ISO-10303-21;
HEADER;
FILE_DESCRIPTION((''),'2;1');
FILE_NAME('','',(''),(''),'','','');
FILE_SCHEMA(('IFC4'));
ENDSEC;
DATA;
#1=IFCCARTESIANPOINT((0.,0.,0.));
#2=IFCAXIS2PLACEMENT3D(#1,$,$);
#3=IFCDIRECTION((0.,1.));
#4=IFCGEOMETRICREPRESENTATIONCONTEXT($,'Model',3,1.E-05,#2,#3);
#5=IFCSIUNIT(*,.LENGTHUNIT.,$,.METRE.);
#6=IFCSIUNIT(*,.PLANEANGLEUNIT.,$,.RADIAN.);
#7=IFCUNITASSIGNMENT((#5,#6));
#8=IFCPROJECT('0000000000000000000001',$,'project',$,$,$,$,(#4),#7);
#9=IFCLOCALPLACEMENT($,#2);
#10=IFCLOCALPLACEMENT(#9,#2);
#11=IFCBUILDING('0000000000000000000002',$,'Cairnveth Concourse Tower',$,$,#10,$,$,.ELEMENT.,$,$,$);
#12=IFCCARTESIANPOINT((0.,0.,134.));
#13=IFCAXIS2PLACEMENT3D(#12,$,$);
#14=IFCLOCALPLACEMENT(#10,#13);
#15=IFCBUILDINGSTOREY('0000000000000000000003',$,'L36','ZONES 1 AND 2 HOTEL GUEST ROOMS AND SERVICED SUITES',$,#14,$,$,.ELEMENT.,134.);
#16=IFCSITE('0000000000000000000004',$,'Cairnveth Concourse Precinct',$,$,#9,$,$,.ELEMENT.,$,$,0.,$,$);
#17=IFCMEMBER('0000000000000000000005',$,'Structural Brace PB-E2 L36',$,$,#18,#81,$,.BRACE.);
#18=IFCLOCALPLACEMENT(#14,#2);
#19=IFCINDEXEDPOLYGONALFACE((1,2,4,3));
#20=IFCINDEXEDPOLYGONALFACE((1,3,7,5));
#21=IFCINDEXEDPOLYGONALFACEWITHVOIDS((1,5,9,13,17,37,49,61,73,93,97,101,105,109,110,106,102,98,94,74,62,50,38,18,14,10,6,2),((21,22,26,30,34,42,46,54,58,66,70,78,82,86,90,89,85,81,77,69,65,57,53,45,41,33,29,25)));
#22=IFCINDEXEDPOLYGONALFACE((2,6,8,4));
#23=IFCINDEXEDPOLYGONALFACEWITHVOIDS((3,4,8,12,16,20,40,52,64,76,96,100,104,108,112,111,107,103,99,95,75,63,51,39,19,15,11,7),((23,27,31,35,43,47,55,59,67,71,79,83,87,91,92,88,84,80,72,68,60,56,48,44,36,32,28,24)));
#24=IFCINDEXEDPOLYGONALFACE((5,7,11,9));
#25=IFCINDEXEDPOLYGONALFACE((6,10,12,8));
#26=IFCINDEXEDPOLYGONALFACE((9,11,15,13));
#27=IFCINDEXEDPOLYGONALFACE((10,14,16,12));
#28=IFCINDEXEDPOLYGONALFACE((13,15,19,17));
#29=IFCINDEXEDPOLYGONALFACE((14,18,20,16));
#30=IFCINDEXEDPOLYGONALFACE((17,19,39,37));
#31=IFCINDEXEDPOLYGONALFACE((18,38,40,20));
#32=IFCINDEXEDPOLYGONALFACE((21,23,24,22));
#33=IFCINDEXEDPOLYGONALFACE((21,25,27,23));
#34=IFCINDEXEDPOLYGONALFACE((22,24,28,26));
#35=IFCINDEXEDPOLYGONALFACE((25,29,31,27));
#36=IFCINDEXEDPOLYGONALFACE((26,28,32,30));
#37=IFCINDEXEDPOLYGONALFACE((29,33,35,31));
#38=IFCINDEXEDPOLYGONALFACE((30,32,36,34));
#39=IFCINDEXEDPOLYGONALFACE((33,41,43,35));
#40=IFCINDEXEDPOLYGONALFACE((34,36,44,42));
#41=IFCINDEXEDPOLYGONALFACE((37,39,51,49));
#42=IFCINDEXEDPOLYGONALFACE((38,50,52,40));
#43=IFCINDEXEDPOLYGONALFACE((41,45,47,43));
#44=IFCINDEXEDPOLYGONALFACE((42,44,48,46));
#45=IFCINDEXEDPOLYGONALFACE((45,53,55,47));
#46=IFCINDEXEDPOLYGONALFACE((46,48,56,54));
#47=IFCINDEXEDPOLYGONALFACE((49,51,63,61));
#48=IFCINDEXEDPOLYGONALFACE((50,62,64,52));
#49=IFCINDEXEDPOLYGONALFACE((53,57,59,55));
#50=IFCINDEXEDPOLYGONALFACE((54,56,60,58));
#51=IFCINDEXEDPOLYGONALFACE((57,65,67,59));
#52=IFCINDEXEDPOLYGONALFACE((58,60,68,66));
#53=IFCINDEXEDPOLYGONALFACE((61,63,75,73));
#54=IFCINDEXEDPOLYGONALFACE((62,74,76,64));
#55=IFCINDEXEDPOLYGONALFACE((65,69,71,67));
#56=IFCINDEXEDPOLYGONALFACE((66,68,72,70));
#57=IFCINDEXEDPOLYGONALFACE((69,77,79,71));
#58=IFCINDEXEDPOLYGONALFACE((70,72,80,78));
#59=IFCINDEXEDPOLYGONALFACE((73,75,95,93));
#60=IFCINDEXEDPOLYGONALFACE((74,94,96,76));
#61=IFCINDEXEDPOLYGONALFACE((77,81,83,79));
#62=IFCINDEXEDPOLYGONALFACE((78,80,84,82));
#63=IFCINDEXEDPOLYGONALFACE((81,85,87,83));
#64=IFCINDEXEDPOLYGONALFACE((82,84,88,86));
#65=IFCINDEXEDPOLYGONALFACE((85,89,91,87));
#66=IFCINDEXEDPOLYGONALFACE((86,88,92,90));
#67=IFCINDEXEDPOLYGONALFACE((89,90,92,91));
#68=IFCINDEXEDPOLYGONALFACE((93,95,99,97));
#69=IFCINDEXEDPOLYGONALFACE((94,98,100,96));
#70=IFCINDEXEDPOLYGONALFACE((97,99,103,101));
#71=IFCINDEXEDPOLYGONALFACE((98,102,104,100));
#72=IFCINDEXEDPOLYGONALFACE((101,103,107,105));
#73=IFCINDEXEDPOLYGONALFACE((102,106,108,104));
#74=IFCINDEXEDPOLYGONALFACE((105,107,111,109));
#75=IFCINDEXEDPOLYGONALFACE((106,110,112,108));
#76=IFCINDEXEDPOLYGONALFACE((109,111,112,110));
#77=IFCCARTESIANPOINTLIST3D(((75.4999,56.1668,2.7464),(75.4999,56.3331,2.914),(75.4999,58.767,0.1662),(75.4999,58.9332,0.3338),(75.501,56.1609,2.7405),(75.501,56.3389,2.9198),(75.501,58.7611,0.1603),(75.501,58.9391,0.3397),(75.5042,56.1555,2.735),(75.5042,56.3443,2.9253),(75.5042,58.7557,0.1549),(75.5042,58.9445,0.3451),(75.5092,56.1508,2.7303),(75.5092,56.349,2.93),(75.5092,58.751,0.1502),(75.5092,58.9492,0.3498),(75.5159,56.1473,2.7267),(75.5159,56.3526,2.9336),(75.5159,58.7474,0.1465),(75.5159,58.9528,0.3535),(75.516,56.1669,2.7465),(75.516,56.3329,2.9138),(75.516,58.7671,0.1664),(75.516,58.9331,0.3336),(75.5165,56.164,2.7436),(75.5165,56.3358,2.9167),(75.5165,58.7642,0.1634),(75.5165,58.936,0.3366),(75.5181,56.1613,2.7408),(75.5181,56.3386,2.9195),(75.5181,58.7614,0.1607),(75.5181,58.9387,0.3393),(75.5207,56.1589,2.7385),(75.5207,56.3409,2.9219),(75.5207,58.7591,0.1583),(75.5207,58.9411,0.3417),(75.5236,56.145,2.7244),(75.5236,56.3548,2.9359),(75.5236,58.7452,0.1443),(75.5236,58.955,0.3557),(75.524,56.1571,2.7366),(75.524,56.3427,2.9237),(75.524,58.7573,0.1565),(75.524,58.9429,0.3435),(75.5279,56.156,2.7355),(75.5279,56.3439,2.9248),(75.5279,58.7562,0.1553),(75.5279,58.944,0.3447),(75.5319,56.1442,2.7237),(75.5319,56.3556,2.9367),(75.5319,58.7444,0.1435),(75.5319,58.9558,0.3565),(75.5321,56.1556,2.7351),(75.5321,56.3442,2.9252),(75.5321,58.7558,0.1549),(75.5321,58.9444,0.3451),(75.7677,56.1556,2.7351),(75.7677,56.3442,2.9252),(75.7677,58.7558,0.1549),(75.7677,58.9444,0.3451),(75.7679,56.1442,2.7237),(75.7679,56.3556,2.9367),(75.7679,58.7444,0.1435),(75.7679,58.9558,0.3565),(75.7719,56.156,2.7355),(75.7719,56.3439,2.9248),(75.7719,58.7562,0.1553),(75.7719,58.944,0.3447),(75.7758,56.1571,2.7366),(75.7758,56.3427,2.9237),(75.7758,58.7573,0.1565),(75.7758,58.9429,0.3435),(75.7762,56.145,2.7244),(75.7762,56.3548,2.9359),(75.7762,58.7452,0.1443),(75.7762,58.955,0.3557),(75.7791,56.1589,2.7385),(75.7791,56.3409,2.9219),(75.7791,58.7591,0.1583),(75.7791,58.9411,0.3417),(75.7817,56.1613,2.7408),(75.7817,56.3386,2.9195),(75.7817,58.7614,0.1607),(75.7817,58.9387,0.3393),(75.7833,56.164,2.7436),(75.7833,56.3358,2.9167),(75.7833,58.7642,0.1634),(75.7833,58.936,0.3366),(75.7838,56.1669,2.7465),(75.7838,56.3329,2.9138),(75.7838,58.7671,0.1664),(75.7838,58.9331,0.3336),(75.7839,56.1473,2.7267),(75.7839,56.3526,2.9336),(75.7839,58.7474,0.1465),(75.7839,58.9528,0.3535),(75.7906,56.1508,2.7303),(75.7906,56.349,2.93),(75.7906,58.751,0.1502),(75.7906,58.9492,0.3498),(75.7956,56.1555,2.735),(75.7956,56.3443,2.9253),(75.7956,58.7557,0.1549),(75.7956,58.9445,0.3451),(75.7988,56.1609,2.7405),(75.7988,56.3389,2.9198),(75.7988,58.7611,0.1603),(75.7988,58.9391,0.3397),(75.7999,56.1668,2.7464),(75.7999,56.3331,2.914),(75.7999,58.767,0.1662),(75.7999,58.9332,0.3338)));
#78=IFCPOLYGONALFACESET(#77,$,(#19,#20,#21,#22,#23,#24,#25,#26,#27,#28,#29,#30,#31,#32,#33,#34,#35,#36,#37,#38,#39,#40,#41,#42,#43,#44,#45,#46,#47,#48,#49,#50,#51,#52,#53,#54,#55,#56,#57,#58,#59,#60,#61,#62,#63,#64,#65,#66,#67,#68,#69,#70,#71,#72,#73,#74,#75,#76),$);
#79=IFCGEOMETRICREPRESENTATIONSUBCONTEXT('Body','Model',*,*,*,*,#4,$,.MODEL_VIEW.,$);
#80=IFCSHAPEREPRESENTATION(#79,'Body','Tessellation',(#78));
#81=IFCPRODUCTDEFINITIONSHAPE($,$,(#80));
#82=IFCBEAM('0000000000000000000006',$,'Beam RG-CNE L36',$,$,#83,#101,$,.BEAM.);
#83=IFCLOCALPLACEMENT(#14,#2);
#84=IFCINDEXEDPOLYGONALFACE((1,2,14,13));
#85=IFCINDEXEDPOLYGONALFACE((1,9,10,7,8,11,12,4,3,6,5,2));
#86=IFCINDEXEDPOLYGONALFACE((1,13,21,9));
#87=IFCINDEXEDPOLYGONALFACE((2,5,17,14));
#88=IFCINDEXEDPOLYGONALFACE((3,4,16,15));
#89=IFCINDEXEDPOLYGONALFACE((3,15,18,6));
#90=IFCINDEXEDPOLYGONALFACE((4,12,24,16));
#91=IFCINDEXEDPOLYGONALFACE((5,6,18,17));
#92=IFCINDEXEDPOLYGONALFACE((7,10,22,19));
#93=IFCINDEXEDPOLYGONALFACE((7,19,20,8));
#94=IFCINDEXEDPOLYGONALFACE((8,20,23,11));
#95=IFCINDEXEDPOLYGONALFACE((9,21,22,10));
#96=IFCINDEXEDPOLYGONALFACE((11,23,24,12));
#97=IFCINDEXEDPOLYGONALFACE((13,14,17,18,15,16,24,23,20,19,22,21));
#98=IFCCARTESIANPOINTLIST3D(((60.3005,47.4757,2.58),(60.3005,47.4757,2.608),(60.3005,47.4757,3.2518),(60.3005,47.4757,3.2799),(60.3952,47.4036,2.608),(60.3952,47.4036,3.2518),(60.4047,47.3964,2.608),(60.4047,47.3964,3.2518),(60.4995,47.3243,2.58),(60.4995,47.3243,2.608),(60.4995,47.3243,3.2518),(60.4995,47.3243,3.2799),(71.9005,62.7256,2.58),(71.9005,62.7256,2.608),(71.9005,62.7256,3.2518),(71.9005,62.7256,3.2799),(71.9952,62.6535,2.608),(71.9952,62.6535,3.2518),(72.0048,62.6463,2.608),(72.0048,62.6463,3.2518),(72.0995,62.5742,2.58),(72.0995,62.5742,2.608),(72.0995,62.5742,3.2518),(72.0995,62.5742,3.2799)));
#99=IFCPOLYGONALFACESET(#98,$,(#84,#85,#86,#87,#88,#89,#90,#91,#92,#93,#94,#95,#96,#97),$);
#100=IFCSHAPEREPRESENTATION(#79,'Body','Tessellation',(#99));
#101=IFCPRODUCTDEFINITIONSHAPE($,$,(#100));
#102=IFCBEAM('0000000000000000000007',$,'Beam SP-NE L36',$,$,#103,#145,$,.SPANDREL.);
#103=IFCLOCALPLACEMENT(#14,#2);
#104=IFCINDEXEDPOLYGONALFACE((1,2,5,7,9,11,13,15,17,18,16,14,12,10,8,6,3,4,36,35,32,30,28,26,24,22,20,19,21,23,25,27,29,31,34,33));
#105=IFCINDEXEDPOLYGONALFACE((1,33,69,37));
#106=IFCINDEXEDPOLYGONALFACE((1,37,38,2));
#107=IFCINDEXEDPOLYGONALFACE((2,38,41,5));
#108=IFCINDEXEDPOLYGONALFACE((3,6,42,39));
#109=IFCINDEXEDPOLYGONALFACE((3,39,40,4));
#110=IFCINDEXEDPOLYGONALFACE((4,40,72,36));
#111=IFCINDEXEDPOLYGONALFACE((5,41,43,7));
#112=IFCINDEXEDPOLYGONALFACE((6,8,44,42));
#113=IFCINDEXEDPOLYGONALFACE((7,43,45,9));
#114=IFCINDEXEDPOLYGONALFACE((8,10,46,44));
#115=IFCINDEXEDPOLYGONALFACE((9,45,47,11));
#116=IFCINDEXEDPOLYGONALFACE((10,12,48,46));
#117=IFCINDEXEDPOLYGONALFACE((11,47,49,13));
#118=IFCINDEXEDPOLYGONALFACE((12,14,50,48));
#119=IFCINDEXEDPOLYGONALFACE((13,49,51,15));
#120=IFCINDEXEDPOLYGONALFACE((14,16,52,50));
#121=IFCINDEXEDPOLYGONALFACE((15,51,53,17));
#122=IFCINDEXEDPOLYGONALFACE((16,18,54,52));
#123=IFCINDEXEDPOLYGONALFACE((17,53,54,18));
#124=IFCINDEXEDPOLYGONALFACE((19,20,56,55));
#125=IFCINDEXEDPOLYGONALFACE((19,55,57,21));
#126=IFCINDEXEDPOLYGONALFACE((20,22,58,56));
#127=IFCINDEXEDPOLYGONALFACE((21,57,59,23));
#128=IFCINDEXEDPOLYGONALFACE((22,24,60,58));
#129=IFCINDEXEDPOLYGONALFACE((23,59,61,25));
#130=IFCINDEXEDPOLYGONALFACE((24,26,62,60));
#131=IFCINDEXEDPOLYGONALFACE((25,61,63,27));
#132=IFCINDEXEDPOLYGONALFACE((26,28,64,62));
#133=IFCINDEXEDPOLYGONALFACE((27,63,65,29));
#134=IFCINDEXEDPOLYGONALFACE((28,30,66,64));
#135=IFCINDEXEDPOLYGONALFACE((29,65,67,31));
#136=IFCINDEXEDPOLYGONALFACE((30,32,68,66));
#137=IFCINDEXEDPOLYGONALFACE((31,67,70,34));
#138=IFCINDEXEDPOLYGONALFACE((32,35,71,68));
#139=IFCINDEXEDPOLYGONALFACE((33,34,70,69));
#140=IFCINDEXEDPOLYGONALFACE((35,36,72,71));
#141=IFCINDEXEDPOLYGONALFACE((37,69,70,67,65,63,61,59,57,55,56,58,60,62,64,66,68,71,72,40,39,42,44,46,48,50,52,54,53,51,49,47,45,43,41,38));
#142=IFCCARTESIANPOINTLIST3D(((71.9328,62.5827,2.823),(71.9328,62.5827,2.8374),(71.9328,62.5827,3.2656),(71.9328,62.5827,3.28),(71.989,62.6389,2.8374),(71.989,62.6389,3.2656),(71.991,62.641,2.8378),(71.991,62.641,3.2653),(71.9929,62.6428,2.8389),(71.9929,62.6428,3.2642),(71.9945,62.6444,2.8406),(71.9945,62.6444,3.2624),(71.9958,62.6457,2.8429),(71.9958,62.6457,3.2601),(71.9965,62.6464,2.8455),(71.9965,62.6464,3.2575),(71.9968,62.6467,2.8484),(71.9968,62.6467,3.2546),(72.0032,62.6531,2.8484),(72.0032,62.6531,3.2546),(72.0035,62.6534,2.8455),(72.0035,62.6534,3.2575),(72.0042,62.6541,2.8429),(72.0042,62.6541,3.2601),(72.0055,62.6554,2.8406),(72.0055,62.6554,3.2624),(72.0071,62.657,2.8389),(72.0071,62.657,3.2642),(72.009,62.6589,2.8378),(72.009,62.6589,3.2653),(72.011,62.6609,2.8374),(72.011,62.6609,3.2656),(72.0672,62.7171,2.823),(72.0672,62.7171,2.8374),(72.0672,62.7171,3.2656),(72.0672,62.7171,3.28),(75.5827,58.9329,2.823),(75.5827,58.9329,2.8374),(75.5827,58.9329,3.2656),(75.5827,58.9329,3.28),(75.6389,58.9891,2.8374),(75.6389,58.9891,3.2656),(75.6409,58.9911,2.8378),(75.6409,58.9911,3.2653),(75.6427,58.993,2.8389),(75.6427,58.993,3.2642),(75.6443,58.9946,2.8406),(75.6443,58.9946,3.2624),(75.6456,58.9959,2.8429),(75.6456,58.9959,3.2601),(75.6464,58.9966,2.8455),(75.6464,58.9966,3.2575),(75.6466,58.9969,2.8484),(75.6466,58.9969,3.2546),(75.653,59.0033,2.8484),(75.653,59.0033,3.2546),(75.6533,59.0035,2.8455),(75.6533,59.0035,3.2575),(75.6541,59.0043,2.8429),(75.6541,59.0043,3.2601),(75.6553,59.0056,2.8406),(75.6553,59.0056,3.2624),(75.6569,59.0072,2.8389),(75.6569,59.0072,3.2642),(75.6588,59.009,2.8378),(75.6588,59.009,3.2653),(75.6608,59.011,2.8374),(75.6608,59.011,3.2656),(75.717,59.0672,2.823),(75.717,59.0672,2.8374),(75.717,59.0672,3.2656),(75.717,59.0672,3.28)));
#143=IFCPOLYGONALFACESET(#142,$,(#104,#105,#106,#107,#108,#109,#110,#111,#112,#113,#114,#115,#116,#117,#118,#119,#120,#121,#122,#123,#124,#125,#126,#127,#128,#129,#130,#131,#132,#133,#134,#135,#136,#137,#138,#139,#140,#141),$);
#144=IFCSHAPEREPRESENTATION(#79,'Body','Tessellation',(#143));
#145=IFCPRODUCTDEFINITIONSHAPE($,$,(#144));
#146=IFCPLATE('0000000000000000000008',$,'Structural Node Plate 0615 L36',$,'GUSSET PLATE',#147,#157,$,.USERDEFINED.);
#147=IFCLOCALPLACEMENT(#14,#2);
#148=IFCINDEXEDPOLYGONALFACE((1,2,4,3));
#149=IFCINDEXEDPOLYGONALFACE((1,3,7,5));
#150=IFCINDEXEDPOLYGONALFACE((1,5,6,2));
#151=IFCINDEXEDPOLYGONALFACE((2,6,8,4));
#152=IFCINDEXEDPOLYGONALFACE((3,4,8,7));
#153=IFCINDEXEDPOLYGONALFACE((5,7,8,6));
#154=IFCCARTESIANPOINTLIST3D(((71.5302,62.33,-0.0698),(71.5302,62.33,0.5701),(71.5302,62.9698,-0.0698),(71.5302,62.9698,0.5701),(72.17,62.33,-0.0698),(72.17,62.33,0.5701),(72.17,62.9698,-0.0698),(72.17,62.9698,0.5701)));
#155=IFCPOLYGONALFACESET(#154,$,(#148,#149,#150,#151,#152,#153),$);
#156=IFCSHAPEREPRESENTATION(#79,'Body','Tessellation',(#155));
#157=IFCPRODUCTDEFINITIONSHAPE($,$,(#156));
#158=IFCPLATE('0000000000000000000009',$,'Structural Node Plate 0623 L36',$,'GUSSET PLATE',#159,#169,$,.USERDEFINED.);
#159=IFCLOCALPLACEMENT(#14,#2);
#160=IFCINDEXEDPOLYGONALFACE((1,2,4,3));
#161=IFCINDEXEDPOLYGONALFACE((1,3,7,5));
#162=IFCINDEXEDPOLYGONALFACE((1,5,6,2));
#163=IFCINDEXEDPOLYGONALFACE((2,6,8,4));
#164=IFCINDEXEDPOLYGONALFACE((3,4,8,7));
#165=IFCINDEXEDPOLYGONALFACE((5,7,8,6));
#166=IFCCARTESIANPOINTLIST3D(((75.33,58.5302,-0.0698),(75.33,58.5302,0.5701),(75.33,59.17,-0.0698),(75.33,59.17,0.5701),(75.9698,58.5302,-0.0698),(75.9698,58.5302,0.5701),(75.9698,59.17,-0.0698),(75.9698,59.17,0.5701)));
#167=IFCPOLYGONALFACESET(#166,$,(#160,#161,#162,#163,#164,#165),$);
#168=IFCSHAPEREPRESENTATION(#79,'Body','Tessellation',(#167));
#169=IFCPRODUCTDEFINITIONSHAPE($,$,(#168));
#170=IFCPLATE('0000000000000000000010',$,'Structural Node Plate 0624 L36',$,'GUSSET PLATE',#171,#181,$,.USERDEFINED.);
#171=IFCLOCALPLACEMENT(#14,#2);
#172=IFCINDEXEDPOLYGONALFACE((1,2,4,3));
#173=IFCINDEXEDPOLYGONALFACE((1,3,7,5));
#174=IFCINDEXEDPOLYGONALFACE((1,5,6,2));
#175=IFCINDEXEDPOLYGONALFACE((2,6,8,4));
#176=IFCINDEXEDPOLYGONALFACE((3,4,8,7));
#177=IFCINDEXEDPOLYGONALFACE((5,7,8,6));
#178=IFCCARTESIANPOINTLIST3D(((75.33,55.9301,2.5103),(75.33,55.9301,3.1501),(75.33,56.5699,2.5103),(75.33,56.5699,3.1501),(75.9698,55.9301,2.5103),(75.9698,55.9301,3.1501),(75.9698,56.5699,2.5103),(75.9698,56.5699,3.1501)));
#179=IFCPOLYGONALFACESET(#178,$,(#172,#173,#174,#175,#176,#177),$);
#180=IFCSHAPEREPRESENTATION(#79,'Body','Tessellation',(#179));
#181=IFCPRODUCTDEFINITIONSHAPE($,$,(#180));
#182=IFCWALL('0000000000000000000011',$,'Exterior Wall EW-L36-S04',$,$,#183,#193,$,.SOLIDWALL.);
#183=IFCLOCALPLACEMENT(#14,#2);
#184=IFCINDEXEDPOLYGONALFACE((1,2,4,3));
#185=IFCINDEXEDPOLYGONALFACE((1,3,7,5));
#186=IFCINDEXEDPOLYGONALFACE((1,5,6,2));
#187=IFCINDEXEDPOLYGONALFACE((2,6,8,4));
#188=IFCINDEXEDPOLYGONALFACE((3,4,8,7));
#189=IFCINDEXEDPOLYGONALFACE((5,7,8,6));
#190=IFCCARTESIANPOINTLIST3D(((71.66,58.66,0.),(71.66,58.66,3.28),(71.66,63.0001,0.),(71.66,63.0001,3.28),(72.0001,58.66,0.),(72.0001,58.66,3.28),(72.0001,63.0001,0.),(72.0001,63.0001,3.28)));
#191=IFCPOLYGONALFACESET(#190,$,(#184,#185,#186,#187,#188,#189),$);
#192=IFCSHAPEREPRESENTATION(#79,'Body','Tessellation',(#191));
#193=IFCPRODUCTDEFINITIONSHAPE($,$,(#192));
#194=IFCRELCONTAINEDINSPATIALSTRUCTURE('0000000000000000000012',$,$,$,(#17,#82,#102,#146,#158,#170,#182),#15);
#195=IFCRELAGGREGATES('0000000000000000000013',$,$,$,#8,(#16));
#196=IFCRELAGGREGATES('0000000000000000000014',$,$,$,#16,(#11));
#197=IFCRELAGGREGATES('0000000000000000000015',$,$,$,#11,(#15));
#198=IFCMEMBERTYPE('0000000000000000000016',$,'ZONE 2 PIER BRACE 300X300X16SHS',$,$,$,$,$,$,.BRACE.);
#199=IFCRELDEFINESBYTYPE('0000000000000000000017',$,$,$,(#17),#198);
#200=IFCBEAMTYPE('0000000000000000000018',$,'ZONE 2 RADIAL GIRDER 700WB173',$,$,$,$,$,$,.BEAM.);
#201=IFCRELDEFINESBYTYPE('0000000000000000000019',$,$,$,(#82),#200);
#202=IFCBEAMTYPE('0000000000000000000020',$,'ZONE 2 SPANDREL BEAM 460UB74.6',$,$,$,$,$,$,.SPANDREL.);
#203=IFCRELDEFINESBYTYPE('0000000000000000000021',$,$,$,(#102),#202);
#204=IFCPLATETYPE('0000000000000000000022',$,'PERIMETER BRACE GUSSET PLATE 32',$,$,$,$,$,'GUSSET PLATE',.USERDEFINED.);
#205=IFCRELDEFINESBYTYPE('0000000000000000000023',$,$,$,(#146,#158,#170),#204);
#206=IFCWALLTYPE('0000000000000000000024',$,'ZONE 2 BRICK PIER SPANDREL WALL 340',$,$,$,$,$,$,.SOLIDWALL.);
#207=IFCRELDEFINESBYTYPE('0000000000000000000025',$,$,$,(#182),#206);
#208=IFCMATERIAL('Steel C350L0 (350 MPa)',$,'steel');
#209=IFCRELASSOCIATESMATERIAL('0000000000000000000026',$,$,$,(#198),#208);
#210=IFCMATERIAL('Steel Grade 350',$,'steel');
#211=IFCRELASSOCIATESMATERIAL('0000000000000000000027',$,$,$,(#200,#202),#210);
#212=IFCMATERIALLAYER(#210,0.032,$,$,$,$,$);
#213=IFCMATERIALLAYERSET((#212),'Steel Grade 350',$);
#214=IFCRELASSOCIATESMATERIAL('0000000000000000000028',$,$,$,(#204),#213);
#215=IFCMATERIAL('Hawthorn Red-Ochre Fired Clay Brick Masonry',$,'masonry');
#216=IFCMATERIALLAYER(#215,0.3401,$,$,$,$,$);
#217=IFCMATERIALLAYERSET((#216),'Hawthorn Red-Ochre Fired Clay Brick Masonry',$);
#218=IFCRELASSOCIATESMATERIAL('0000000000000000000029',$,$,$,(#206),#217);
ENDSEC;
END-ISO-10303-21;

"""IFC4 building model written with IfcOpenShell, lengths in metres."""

from ifc_helpers import new_model, si_unit, direction, frame, frame_2d, origin, origin_2d, place, context, subcontext, project, spatial, rectangle, hollow_rectangle, i_section, extrude, material, layer, layer_set, material_profile, profile_set, type_object, element, save


model = new_model("IFC4")

# Units and contexts
model_context = context("Model", 3, precision=1e-05, world=origin(), true_north=direction((0.0, 1.0)))
body_context = subcontext(model_context, "Body", "Model", "MODEL_VIEW")
ifc_project = project(units=[si_unit("LENGTHUNIT", "METRE"), si_unit("PLANEANGLEUNIT", "RADIAN")], contexts=[model_context])

# Site, building, storey
site_placement = place(None, origin())
site = spatial("IfcSite", under=ifc_project, at=site_placement, Name="Cairnveth Concourse Precinct", CompositionType="ELEMENT", RefElevation=0.0)
building_placement = place(site_placement, origin())
building = spatial("IfcBuilding", under=site, at=building_placement, Name="Cairnveth Concourse Tower", CompositionType="ELEMENT")
storey_placement = place(building_placement, frame((0.0, 0.0, 134.0)))
storey = spatial("IfcBuildingStorey", under=building, at=storey_placement, Name="L36", Description="ZONES 1 AND 2 HOTEL GUEST ROOMS AND SERVICED SUITES", CompositionType="ELEMENT", Elevation=134.0)

# Shared definitions
ifc_material_1 = material(Name="Steel Grade 350", Category="steel")

# Member
ifc_material_2 = material(Name="Steel C350L0 (350 MPa)", Category="steel")
ifc_material_profile_1 = material_profile(ifc_material_2, hollow_rectangle(XDim=0.3, YDim=0.3, WallThickness=0.0161, InnerFilletRadius=0.0161, OuterFilletRadius=0.032, at=origin_2d()), Name="300x300x16.0SHS")
ifc_profile_set_1 = profile_set([ifc_material_profile_1], Name="Steel C350L0 (350 MPa)")
member_type = type_object("IfcMemberType", Name="ZONE 2 PIER BRACE 300X300X16SHS", PredefinedType="BRACE", material=ifc_profile_set_1)
for number, where, z_axis, x_axis, name in (
    (1, (75.6499, 58.8501, 0.25), (0.0, -0.709834, 0.704369), (1.0, 0.0, 0.0), "Structural Brace PB-E2 L36"),
):
    element("IfcMember", number, at=place(storey_placement, frame(where, z_axis=z_axis, x_axis=x_axis)), inside=storey, type_object=member_type, Name=name, PredefinedType="BRACE", context=body_context, shape_type="SweptSolid", body=[
        extrude(hollow_rectangle(XDim=0.3, YDim=0.3, WallThickness=0.0161, InnerFilletRadius=0.0161, OuterFilletRadius=0.032, at=origin_2d()), origin(), (0.0, 0.0, 1.0), 3.6631),
    ])

# Beams
ifc_material_profile_2 = material_profile(ifc_material_1, i_section(OverallWidth=0.25, OverallDepth=0.7, WebThickness=0.012, FlangeThickness=0.0281, at=origin_2d()), Name="700WB173")
ifc_profile_set_2 = profile_set([ifc_material_profile_2], Name="Steel Grade 350")
beam_type_1 = type_object("IfcBeamType", Name="ZONE 2 RADIAL GIRDER 700WB173", PredefinedType="BEAM", material=ifc_profile_set_2)
beam_1_placement = place(storey_placement, frame((72.0, 62.6499, 2.9299), z_axis=(-0.605417, -0.795908, 0.0), x_axis=(0.795908, -0.605417, 0.0)))
element("IfcBeam", 2, at=beam_1_placement, inside=storey, type_object=beam_type_1, Name="Beam RG-CNE L36", PredefinedType="BEAM", context=body_context, shape_type="SweptSolid", body=[
    extrude(i_section(OverallWidth=0.25, OverallDepth=0.7, WebThickness=0.012, FlangeThickness=0.0281, at=origin_2d()), origin(), (0.0, 0.0, 1.0), 19.1604),
])
ifc_material_profile_3 = material_profile(ifc_material_1, i_section(OverallWidth=0.1899, OverallDepth=0.457, WebThickness=0.009, FlangeThickness=0.0144, FilletRadius=0.011, at=origin_2d()), Name="460UB74.6")
ifc_profile_set_3 = profile_set([ifc_material_profile_3], Name="Steel Grade 350")
beam_type_2 = type_object("IfcBeamType", Name="ZONE 2 SPANDREL BEAM 460UB74.6", PredefinedType="SPANDREL", material=ifc_profile_set_3)
beam_2_placement = place(storey_placement, frame((72.0, 62.6499, 3.0515), z_axis=(0.707107, -0.707107, 0.0), x_axis=(0.707107, 0.707107, 0.0)))
element("IfcBeam", 3, at=beam_2_placement, inside=storey, type_object=beam_type_2, Name="Beam SP-NE L36", PredefinedType="SPANDREL", context=body_context, shape_type="SweptSolid", body=[
    extrude(i_section(OverallWidth=0.1899, OverallDepth=0.457, WebThickness=0.009, FlangeThickness=0.0144, FilletRadius=0.011, at=origin_2d()), origin(), (0.0, 0.0, 1.0), 5.1616),
])

# Plates
ifc_layer_1 = layer(ifc_material_1, 0.032)
ifc_layer_set_1 = layer_set([ifc_layer_1], Name="Steel Grade 350")
plate_type = type_object("IfcPlateType", Name="PERIMETER BRACE GUSSET PLATE 32", ElementType="GUSSET PLATE", PredefinedType="USERDEFINED", material=ifc_layer_set_1)
for number, where, z_axis, x_axis, name in (
    (4, (71.8501, 62.6499, -0.0698), (0.0, 0.0, 1.0), (1.0, 0.0, 0.0), "Structural Node Plate 0615 L36"),
    (5, (75.6499, 58.8501, -0.0698), (0.0, 0.0, 1.0), (1.0, 0.0, 0.0), "Structural Node Plate 0623 L36"),
    (6, (75.6499, 56.25, 2.5103), (0.0, 0.0, 1.0), (1.0, 0.0, 0.0), "Structural Node Plate 0624 L36"),
):
    element("IfcPlate", number, at=place(storey_placement, frame(where, z_axis=z_axis, x_axis=x_axis)), inside=storey, type_object=plate_type, Name=name, ObjectType="GUSSET PLATE", PredefinedType="USERDEFINED", context=body_context, shape_type="SweptSolid", body=[
        extrude(rectangle(XDim=0.6399, YDim=0.6399, at=origin_2d()), origin(), (0.0, 0.0, 1.0), 0.6399),
    ])

# Wall
ifc_material_3 = material(Name="Hawthorn Red-Ochre Fired Clay Brick Masonry", Category="masonry")
ifc_layer_2 = layer(ifc_material_3, 0.3401)
ifc_layer_set_2 = layer_set([ifc_layer_2], Name="Hawthorn Red-Ochre Fired Clay Brick Masonry")
wall_type = type_object("IfcWallType", Name="ZONE 2 BRICK PIER SPANDREL WALL 340", PredefinedType="SOLIDWALL", material=ifc_layer_set_2)
wall_1_placement = place(storey_placement, frame((71.8301, 63.0, 0.0), z_axis=(0.0, 0.0, 1.0), x_axis=(0.0, -1.0, 0.0)))
element("IfcWall", 7, at=wall_1_placement, inside=storey, type_object=wall_type, Name="Exterior Wall EW-L36-S04", PredefinedType="SOLIDWALL", context=body_context, shape_type="SweptSolid", body=[
    extrude(rectangle(XDim=4.3401, YDim=0.3401, at=frame_2d((2.1699, 0.0))), origin(), (0.0, 0.0, 1.0), 3.28),
])

save(model, "model.ifc")
